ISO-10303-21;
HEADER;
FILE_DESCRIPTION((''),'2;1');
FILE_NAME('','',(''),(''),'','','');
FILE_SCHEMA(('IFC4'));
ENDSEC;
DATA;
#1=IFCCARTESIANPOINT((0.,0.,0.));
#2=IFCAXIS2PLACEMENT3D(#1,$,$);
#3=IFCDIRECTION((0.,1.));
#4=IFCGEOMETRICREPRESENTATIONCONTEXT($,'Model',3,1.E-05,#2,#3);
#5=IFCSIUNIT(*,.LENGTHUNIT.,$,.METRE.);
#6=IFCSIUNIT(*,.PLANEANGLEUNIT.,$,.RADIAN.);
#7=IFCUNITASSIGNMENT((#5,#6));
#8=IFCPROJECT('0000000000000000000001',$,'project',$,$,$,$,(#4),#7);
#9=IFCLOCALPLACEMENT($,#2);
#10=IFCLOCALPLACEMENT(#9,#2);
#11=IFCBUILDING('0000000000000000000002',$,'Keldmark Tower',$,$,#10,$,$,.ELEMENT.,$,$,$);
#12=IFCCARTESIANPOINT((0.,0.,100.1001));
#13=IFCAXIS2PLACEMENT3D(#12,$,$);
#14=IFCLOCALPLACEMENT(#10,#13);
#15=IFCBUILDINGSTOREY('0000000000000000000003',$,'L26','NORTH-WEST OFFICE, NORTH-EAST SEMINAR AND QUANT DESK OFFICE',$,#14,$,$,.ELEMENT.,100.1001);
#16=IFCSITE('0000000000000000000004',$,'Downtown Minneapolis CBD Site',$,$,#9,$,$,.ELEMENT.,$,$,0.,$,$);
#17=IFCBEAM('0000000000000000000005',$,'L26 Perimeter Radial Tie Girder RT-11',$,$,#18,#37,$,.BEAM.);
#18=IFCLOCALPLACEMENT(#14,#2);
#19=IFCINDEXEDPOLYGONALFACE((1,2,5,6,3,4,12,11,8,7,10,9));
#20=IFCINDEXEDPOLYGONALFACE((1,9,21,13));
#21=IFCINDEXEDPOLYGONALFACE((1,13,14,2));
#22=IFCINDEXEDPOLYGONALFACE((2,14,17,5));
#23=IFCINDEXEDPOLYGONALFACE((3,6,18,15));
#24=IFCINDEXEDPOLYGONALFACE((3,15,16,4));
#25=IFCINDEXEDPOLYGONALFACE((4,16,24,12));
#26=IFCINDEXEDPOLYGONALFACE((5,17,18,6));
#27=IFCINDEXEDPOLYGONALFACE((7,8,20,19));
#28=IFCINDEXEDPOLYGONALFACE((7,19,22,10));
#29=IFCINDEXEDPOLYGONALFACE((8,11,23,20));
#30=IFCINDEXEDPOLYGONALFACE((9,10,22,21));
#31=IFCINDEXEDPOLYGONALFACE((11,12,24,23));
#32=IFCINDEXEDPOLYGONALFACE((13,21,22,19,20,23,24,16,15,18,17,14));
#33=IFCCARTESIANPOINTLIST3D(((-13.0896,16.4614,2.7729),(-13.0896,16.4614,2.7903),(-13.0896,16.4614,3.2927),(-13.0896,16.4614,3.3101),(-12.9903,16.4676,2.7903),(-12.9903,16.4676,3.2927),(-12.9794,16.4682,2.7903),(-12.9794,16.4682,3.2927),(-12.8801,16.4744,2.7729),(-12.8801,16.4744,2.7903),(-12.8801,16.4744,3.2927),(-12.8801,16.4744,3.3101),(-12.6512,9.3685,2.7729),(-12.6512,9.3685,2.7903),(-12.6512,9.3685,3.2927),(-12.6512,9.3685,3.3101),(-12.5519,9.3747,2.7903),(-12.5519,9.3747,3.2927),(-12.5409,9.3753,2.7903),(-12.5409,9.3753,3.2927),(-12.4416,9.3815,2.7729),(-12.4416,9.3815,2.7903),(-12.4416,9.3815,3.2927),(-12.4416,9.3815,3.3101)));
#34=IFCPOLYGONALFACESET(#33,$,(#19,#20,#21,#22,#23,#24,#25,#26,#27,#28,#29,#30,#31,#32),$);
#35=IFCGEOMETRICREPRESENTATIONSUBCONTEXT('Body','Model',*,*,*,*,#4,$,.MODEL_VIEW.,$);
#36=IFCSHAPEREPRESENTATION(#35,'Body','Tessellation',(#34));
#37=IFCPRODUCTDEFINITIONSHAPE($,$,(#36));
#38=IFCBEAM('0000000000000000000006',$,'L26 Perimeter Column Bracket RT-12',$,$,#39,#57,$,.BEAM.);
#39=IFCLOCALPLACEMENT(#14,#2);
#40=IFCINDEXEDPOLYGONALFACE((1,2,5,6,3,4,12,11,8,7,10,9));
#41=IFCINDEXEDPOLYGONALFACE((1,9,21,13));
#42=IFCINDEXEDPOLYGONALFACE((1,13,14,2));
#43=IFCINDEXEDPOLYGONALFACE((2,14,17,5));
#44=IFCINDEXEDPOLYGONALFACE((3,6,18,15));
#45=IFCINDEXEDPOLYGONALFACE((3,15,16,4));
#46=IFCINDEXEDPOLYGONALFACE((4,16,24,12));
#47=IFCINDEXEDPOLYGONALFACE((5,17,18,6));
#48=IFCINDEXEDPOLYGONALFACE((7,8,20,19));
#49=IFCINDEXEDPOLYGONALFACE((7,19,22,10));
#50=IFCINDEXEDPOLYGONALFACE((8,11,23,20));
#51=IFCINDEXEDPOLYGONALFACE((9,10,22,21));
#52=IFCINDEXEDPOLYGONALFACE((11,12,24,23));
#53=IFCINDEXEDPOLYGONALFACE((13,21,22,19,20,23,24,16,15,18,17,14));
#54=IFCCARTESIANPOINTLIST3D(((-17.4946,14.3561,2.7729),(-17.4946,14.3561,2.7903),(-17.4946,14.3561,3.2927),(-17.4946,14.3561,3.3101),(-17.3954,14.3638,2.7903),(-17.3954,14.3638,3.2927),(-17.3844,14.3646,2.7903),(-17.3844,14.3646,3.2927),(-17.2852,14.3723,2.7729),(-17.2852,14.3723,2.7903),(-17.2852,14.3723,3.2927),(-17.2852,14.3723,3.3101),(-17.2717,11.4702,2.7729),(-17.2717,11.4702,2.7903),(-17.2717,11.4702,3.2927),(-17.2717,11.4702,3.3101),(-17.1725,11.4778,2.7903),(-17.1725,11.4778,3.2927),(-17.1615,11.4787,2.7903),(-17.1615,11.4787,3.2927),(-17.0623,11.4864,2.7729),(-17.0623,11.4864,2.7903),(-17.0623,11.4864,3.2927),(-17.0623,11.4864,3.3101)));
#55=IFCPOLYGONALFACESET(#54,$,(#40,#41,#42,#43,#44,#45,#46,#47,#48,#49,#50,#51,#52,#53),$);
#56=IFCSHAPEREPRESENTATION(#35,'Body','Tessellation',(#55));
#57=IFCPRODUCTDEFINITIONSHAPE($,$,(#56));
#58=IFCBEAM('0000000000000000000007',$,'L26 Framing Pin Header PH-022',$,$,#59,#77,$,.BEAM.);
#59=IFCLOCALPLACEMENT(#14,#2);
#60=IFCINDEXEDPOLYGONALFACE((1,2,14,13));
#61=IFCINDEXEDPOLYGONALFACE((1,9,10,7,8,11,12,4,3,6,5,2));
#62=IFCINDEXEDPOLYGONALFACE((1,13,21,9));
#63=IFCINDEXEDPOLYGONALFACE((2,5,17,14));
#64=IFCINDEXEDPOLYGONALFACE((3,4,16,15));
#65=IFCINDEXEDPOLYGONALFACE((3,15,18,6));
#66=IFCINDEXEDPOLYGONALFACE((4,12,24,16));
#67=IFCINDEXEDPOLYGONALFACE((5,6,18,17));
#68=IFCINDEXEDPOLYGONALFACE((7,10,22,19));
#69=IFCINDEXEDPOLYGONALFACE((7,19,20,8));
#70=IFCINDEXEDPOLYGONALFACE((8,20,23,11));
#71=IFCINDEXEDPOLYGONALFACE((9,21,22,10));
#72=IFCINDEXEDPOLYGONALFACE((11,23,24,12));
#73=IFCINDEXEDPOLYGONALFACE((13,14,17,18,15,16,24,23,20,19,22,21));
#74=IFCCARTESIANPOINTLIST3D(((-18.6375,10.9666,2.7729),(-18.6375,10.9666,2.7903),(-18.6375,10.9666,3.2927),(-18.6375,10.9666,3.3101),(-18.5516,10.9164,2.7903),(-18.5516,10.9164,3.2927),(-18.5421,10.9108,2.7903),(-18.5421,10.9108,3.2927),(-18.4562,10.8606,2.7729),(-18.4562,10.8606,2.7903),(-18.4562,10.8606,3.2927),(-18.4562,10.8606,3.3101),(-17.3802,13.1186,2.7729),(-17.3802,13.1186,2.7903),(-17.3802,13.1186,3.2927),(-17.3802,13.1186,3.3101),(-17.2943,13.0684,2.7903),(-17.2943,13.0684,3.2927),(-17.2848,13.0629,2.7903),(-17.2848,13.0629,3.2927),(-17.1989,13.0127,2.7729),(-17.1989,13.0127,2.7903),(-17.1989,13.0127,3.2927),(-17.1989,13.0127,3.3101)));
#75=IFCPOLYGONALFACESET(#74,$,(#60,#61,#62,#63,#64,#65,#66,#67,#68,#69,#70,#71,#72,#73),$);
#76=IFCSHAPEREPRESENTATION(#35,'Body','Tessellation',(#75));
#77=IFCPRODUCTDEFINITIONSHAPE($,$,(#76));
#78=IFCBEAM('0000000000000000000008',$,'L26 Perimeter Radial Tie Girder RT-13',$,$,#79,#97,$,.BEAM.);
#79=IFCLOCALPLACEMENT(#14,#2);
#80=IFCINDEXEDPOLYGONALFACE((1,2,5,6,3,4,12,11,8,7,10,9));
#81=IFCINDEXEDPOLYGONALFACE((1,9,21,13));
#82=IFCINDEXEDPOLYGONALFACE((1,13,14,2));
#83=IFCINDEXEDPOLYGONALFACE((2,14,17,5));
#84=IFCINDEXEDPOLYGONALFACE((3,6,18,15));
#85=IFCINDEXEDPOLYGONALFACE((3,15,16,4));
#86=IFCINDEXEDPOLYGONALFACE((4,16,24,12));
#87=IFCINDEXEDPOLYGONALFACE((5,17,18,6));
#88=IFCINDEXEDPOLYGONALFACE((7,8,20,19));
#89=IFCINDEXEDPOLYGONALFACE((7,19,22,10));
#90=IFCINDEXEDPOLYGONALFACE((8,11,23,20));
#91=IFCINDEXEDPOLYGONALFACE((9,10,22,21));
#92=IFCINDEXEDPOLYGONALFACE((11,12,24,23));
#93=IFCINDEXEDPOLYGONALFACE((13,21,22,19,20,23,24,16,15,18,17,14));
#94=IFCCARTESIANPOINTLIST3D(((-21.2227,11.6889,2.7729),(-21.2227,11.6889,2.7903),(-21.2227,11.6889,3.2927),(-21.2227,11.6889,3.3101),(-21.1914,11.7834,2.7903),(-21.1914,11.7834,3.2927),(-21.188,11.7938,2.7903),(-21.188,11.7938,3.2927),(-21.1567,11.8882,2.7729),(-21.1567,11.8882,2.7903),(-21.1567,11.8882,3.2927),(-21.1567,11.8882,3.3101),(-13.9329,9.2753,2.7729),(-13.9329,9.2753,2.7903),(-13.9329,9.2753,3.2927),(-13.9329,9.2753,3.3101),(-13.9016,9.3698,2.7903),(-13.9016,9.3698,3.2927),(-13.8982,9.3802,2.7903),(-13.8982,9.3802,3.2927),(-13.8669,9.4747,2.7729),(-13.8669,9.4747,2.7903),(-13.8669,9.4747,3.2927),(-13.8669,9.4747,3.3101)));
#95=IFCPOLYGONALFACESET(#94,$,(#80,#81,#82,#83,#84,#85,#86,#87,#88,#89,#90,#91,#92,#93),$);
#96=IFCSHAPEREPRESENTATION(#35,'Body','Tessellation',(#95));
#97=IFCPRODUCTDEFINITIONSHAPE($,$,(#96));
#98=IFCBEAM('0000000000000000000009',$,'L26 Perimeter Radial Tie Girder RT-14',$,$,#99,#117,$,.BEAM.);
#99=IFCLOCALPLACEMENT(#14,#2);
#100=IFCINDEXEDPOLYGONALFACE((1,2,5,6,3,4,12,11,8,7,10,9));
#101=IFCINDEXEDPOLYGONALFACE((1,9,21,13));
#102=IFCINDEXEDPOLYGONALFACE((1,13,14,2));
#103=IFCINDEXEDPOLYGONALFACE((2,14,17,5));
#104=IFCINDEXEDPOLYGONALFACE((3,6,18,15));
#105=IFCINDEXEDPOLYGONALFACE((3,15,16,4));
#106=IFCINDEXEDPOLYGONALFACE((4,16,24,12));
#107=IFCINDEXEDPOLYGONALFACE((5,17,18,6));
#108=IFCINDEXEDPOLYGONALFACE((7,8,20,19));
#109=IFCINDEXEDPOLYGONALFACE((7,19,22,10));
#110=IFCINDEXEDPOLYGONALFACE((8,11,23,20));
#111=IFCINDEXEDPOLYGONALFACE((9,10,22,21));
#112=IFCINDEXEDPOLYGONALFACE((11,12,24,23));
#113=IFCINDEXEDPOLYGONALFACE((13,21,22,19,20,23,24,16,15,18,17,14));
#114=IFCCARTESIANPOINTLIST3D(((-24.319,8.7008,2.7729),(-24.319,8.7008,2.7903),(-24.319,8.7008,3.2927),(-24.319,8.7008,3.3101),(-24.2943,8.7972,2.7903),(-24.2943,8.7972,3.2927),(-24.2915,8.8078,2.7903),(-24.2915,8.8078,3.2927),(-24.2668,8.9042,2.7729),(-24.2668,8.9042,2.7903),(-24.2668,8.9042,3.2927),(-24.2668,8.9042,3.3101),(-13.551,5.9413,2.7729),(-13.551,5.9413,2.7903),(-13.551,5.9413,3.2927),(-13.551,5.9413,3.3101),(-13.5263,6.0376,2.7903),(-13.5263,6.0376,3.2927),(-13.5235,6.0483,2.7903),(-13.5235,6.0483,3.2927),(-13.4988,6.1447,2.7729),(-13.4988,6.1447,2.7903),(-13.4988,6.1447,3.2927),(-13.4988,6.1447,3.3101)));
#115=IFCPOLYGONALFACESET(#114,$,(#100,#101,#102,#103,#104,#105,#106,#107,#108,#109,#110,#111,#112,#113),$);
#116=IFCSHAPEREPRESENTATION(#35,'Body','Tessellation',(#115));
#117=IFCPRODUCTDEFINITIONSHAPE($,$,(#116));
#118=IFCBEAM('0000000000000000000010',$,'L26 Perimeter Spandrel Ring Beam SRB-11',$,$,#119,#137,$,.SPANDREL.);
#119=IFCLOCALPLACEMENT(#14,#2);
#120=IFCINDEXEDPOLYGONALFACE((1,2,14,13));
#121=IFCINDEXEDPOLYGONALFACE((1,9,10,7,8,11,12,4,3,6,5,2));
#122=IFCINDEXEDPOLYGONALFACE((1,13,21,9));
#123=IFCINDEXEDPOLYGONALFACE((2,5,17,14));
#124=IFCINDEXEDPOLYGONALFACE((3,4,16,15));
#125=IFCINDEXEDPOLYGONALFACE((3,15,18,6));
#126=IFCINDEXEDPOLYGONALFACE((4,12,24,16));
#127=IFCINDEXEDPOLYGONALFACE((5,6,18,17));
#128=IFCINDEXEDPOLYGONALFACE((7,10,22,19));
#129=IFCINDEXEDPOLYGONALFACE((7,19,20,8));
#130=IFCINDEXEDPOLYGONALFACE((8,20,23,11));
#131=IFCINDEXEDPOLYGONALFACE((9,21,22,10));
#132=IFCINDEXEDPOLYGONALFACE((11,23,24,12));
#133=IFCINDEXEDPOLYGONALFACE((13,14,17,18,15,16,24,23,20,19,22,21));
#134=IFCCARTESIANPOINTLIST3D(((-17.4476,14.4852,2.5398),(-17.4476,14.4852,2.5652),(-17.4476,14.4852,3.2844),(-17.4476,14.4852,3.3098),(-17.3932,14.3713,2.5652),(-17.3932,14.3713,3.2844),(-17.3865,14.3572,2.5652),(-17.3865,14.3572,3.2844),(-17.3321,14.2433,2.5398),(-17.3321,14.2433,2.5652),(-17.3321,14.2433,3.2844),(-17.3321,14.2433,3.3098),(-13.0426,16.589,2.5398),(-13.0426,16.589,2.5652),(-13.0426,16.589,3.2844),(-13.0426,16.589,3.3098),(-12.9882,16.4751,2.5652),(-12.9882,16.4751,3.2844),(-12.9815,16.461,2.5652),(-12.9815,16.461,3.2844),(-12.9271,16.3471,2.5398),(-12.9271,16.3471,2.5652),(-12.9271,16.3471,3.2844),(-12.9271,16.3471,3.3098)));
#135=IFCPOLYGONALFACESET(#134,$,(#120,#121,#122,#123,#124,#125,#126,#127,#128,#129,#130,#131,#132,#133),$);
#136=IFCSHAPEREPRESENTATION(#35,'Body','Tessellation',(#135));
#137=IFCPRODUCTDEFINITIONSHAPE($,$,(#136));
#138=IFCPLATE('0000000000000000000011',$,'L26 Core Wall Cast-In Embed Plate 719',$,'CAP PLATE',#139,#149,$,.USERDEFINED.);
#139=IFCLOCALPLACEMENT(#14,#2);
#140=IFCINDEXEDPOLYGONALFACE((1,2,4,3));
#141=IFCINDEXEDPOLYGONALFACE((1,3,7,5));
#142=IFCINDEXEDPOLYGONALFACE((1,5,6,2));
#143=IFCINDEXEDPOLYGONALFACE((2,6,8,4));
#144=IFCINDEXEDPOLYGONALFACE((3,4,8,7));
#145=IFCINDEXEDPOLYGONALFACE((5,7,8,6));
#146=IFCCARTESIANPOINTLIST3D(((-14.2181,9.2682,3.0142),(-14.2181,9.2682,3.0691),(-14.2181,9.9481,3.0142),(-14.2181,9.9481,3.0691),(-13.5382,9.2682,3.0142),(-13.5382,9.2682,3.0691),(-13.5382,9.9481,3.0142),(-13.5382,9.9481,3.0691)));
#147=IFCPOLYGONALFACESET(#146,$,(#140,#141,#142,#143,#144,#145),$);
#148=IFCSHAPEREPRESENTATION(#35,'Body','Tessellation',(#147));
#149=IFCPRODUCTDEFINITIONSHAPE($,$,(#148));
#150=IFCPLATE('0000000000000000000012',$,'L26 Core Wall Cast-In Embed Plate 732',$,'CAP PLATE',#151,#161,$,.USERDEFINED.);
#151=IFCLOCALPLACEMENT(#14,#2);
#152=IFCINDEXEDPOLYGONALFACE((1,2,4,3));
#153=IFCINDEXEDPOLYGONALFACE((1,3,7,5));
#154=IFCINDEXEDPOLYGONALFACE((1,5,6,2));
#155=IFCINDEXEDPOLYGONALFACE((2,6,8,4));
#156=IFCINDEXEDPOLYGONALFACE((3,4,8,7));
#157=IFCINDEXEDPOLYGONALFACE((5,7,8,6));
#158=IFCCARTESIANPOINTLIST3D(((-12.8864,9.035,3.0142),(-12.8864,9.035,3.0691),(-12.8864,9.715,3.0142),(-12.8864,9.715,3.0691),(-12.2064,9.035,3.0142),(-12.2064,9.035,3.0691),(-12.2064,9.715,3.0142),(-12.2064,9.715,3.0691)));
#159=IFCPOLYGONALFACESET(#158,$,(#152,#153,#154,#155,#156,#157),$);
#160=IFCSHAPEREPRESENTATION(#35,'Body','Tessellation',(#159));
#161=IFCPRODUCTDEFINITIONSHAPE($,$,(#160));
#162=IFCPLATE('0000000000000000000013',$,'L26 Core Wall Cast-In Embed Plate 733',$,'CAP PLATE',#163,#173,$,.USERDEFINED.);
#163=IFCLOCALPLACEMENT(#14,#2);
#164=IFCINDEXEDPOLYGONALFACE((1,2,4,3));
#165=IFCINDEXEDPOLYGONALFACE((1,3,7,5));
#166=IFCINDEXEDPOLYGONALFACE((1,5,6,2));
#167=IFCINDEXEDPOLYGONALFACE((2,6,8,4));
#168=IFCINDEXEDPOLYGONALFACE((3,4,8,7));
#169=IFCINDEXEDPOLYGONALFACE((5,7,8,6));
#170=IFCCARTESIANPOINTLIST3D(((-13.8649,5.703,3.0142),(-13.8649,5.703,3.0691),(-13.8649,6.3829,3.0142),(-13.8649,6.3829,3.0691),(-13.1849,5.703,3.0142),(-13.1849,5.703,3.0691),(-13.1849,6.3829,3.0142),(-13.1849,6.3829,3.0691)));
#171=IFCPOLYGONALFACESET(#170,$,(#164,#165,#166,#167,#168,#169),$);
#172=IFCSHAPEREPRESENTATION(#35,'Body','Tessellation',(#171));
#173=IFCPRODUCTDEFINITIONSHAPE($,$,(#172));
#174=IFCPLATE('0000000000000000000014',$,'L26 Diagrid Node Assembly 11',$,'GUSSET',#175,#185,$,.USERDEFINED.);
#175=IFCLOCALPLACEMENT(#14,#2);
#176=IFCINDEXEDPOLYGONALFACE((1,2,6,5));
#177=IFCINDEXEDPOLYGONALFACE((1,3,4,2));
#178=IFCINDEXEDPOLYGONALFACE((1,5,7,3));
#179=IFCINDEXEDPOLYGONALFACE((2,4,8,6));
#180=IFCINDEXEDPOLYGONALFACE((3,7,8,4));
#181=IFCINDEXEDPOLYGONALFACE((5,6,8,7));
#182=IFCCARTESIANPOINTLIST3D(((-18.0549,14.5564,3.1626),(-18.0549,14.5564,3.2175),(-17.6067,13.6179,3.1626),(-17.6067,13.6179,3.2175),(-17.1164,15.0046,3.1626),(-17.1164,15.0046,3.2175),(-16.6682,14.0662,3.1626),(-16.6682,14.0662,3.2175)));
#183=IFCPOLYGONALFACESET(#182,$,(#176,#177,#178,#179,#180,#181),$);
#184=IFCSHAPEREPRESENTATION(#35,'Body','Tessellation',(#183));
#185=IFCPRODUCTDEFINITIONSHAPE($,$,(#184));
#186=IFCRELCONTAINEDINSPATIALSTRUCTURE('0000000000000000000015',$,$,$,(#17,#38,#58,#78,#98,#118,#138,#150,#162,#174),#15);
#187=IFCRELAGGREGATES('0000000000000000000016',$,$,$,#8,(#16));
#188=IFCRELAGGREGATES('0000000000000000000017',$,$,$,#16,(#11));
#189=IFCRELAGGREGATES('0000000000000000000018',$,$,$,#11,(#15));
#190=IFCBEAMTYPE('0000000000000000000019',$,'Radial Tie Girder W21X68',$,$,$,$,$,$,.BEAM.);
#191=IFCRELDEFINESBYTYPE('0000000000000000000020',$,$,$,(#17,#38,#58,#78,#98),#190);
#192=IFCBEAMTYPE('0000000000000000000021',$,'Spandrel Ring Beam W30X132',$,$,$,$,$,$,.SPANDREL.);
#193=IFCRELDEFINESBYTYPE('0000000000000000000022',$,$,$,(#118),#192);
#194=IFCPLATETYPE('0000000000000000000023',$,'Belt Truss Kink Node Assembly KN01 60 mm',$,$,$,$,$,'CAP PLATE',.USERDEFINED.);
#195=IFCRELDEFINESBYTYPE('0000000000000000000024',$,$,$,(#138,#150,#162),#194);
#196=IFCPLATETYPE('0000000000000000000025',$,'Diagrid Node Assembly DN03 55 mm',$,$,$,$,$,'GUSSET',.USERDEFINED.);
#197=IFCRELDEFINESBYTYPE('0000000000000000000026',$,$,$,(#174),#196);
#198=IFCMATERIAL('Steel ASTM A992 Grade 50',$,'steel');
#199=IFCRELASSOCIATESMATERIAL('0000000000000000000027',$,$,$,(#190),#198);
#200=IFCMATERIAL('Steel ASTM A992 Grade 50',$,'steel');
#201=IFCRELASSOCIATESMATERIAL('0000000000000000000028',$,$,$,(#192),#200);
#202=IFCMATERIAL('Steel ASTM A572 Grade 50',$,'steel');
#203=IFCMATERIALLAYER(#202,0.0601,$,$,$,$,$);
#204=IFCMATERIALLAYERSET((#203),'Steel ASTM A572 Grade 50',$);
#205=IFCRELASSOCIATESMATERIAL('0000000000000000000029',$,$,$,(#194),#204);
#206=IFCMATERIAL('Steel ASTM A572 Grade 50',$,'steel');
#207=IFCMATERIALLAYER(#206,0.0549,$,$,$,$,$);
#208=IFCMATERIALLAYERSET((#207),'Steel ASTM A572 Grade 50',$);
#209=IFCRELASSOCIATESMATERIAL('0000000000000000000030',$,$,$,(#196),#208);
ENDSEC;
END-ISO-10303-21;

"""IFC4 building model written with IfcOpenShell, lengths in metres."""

from ifc_helpers import new_model, si_unit, direction, frame, origin, origin_2d, place, context, subcontext, project, spatial, rectangle, i_section, extrude, material, layer, layer_set, material_profile, profile_set, type_object, element, save


model = new_model("IFC4")

# Units and contexts
model_context = context("Model", 3, precision=1e-05, world=origin(), true_north=direction((0.0, 1.0)))
body_context = subcontext(model_context, "Body", "Model", "MODEL_VIEW")
ifc_project = project(units=[si_unit("LENGTHUNIT", "METRE"), si_unit("PLANEANGLEUNIT", "RADIAN")], contexts=[model_context])

# Site, building, storey
site_placement = place(None, origin())
site = spatial("IfcSite", under=ifc_project, at=site_placement, Name="Downtown Minneapolis CBD Site", CompositionType="ELEMENT", RefElevation=0.0)
building_placement = place(site_placement, origin())
building = spatial("IfcBuilding", under=site, at=building_placement, Name="Keldmark Tower", CompositionType="ELEMENT")
storey_placement = place(building_placement, frame((0.0, 0.0, 100.1001)))
storey = spatial("IfcBuildingStorey", under=building, at=storey_placement, Name="L26", Description="NORTH-WEST OFFICE, NORTH-EAST SEMINAR AND QUANT DESK OFFICE", CompositionType="ELEMENT", Elevation=100.1001)

# Beams
ifc_material_1 = material(Name="Steel ASTM A992 Grade 50", Category="steel")
ifc_material_profile_1 = material_profile(ifc_material_1, i_section(OverallWidth=0.21, OverallDepth=0.5371, WebThickness=0.011, FlangeThickness=0.0173, at=origin_2d()), Name="W21X68")
ifc_profile_set_1 = profile_set([ifc_material_profile_1], Name="Steel ASTM A992 Grade 50")
beam_type_1 = type_object("IfcBeamType", Name="Radial Tie Girder W21X68", PredefinedType="BEAM", material=ifc_profile_set_1)
beam_1_placement = place(storey_placement, frame((-12.5464, 9.375, 3.0415), z_axis=(-0.0617, 0.998095, 0.0), x_axis=(-0.998095, -0.0617, 0.0)))
element("IfcBeam", 1, at=beam_1_placement, inside=storey, type_object=beam_type_1, Name="L26 Perimeter Radial Tie Girder RT-11", PredefinedType="BEAM", context=body_context, shape_type="SweptSolid", body=[
    extrude(i_section(OverallWidth=0.21, OverallDepth=0.5371, WebThickness=0.011, FlangeThickness=0.0173, at=origin_2d()), origin(), (0.0, 0.0, 1.0), 7.1064),
])
beam_2_placement = place(storey_placement, frame((-17.167, 11.4783, 3.0415), z_axis=(-0.077006, 0.997031, 0.0), x_axis=(-0.997031, -0.077006, 0.0)))
element("IfcBeam", 2, at=beam_2_placement, inside=storey, type_object=beam_type_1, Name="L26 Perimeter Column Bracket RT-12", PredefinedType="BEAM", context=body_context, shape_type="SweptSolid", body=[
    extrude(i_section(OverallWidth=0.21, OverallDepth=0.5371, WebThickness=0.011, FlangeThickness=0.0173, at=origin_2d()), origin(), (0.0, 0.0, 1.0), 2.8945),
])
beam_3_placement = place(storey_placement, frame((-17.2896, 13.0657, 3.0415), z_axis=(-0.504449, -0.863441, 0.0), x_axis=(0.863441, -0.504449, 0.0)))
element("IfcBeam", 3, at=beam_3_placement, inside=storey, type_object=beam_type_1, Name="L26 Framing Pin Header PH-022", PredefinedType="BEAM", context=body_context, shape_type="SweptSolid", body=[
    extrude(i_section(OverallWidth=0.21, OverallDepth=0.5371, WebThickness=0.011, FlangeThickness=0.0173, at=origin_2d()), origin(), (0.0, 0.0, 1.0), 2.4924),
])
beam_4_placement = place(storey_placement, frame((-13.8999, 9.375, 3.0415), z_axis=(-0.94932, 0.31431, 0.0), x_axis=(-0.31431, -0.94932, 0.0)))
element("IfcBeam", 4, at=beam_4_placement, inside=storey, type_object=beam_type_1, Name="L26 Perimeter Radial Tie Girder RT-13", PredefinedType="BEAM", context=body_context, shape_type="SweptSolid", body=[
    extrude(i_section(OverallWidth=0.21, OverallDepth=0.5371, WebThickness=0.011, FlangeThickness=0.0173, at=origin_2d()), origin(), (0.0, 0.0, 1.0), 7.679),
])
beam_5_placement = place(storey_placement, frame((-13.5249, 6.043, 3.0415), z_axis=(-0.968697, 0.248247, 0.0), x_axis=(-0.248247, -0.968697, 0.0)))
element("IfcBeam", 5, at=beam_5_placement, inside=storey, type_object=beam_type_1, Name="L26 Perimeter Radial Tie Girder RT-14", PredefinedType="BEAM", context=body_context, shape_type="SweptSolid", body=[
    extrude(i_section(OverallWidth=0.21, OverallDepth=0.5371, WebThickness=0.011, FlangeThickness=0.0173, at=origin_2d()), origin(), (0.0, 0.0, 1.0), 11.116),
])
ifc_material_2 = material(Name="Steel ASTM A992 Grade 50", Category="steel")
ifc_material_profile_2 = material_profile(ifc_material_2, i_section(OverallWidth=0.2681, OverallDepth=0.77, WebThickness=0.0156, FlangeThickness=0.0254, at=origin_2d()), Name="W30X132")
ifc_profile_set_2 = profile_set([ifc_material_profile_2], Name="Steel ASTM A992 Grade 50")
beam_type_2 = type_object("IfcBeamType", Name="Spandrel Ring Beam W30X132", PredefinedType="SPANDREL", material=ifc_profile_set_2)
beam_6_placement = place(storey_placement, frame((-12.9849, 16.468, 2.9248), z_axis=(-0.902373, -0.430956, 0.0), x_axis=(0.430956, -0.902373, 0.0)))
element("IfcBeam", 6, at=beam_6_placement, inside=storey, type_object=beam_type_2, Name="L26 Perimeter Spandrel Ring Beam SRB-11", PredefinedType="SPANDREL", context=body_context, shape_type="SweptSolid", body=[
    extrude(i_section(OverallWidth=0.2681, OverallDepth=0.77, WebThickness=0.0156, FlangeThickness=0.0254, at=origin_2d()), origin(), (0.0, 0.0, 1.0), 4.8816),
])

# Plates
ifc_material_3 = material(Name="Steel ASTM A572 Grade 50", Category="steel")
ifc_layer_1 = layer(ifc_material_3, 0.0601)
ifc_layer_set_1 = layer_set([ifc_layer_1], Name="Steel ASTM A572 Grade 50")
plate_type_1 = type_object("IfcPlateType", Name="Belt Truss Kink Node Assembly KN01 60 mm", ElementType="CAP PLATE", PredefinedType="USERDEFINED", material=ifc_layer_set_1)
for number, where, z_axis, x_axis, name in (
    (7, (-13.8782, 9.6082, 3.0142), (0.0, 0.0, 1.0), (1.0, 0.0, 0.0), "L26 Core Wall Cast-In Embed Plate 719"),
    (8, (-12.5464, 9.375, 3.0142), (0.0, 0.0, 1.0), (1.0, 0.0, 0.0), "L26 Core Wall Cast-In Embed Plate 732"),
    (9, (-13.5249, 6.043, 3.0142), (0.0, 0.0, 1.0), (1.0, 0.0, 0.0), "L26 Core Wall Cast-In Embed Plate 733"),
):
    element("IfcPlate", number, at=place(storey_placement, frame(where, z_axis=z_axis, x_axis=x_axis)), inside=storey, type_object=plate_type_1, Name=name, ObjectType="CAP PLATE", PredefinedType="USERDEFINED", context=body_context, shape_type="SweptSolid", body=[
        extrude(rectangle(XDim=0.6799, YDim=0.6799, at=origin_2d()), origin(), (0.0, 0.0, 1.0), 0.0549),
    ])
ifc_material_4 = material(Name="Steel ASTM A572 Grade 50", Category="steel")
ifc_layer_2 = layer(ifc_material_4, 0.0549)
ifc_layer_set_2 = layer_set([ifc_layer_2], Name="Steel ASTM A572 Grade 50")
plate_type_2 = type_object("IfcPlateType", Name="Diagrid Node Assembly DN03 55 mm", ElementType="GUSSET", PredefinedType="USERDEFINED", material=ifc_layer_set_2)
plate_placement = place(storey_placement, frame((-17.3616, 14.3113, 3.1626), z_axis=(0.0, 0.0, 1.0), x_axis=(-0.90236, -0.430984, 0.0)))
element("IfcPlate", 10, at=plate_placement, inside=storey, type_object=plate_type_2, Name="L26 Diagrid Node Assembly 11", ObjectType="GUSSET", PredefinedType="USERDEFINED", context=body_context, shape_type="SweptSolid", body=[
    extrude(rectangle(XDim=1.04, YDim=1.04, at=origin_2d()), origin(), (0.0, 0.0, 1.0), 0.0549),
])

save(model, "model.ifc")
